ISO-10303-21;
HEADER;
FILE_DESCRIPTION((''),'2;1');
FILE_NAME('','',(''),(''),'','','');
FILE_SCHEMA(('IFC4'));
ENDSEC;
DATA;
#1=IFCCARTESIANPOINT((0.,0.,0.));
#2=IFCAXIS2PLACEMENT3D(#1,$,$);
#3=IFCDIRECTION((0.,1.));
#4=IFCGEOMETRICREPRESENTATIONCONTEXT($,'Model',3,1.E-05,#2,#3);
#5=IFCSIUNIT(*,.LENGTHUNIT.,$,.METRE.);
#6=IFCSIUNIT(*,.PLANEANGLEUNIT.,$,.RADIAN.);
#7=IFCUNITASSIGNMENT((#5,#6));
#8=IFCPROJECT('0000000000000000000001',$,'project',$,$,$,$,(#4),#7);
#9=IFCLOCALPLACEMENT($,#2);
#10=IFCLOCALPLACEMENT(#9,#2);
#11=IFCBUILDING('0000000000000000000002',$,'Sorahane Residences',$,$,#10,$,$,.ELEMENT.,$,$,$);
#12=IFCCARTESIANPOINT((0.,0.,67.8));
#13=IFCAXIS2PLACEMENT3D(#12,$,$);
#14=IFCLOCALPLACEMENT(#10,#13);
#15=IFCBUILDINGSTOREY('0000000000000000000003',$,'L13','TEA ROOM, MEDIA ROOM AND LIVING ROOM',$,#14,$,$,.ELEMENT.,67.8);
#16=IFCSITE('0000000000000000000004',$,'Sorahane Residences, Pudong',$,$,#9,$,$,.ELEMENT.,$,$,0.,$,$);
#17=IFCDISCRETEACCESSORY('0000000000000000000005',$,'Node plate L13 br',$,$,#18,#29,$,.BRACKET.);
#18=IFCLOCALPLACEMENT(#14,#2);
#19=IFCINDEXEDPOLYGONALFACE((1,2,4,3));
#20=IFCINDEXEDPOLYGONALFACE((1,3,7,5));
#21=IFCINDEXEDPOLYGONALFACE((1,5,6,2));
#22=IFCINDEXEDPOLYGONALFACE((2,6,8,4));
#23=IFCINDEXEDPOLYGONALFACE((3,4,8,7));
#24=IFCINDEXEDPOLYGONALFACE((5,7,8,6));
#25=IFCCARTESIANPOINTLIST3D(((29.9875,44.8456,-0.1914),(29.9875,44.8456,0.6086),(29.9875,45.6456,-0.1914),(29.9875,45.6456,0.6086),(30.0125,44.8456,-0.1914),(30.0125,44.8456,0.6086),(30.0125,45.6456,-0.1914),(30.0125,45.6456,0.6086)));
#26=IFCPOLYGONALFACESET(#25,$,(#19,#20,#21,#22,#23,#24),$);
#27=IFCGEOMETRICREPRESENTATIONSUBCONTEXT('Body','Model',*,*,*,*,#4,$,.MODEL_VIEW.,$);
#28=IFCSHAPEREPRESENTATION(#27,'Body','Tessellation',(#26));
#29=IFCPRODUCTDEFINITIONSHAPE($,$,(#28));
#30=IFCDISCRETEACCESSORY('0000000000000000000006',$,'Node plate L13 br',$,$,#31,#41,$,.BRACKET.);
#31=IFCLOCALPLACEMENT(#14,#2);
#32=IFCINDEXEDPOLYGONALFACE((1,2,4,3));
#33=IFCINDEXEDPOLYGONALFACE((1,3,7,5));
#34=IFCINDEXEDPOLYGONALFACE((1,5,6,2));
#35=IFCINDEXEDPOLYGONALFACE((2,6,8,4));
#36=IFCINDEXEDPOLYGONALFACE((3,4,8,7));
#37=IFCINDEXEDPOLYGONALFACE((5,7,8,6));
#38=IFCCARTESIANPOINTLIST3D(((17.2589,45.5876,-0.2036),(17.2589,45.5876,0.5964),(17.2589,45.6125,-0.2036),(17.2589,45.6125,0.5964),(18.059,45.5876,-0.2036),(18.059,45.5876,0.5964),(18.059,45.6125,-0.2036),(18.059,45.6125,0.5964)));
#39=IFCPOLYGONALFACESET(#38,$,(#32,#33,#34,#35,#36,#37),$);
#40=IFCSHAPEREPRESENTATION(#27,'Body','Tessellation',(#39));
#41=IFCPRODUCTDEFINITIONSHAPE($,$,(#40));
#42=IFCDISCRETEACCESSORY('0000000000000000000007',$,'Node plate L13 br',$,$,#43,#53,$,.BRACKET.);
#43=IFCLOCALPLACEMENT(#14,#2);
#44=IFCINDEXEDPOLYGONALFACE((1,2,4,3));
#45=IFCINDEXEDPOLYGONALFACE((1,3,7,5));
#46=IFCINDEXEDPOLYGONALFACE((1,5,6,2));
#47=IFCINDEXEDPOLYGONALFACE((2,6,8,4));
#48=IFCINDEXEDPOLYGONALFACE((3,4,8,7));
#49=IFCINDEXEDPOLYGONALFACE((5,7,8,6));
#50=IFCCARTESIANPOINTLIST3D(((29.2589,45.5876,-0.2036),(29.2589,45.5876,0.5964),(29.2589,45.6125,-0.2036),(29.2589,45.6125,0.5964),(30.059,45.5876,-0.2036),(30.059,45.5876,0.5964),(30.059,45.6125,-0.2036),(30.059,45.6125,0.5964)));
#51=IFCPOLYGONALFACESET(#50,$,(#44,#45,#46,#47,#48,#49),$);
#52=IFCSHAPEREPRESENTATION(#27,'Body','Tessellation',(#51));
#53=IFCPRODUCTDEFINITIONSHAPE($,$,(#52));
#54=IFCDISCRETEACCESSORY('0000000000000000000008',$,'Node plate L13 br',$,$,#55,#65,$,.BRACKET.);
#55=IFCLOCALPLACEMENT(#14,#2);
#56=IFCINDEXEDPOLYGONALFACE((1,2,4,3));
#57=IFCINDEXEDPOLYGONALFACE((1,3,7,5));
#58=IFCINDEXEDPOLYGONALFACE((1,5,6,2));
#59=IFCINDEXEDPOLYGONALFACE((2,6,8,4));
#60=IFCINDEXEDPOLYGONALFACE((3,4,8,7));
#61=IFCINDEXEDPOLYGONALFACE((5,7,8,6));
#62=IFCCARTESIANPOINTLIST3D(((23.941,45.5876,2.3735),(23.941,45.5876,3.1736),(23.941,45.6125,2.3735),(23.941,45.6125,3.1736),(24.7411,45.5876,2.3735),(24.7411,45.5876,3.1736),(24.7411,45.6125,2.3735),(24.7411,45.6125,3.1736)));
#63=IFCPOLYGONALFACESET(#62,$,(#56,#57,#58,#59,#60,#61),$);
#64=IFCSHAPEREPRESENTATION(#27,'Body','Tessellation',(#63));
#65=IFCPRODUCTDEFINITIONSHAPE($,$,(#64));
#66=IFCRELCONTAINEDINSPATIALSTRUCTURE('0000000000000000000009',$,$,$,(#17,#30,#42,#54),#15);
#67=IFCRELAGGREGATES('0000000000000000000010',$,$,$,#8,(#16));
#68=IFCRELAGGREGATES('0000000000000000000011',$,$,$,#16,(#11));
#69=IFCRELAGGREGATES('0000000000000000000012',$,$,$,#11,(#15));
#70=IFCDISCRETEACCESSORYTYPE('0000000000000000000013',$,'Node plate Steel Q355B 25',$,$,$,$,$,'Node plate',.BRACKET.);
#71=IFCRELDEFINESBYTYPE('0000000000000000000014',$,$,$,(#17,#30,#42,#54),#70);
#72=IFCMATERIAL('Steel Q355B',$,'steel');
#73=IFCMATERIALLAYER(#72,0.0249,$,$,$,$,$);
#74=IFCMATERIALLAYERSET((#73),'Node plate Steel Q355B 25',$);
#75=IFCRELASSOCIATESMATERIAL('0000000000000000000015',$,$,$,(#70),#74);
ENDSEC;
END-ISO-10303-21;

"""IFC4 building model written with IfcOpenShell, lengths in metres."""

from ifc_helpers import new_model, si_unit, direction, frame, origin, origin_2d, place, context, subcontext, project, spatial, rectangle, extrude, material, layer, layer_set, type_object, element, save


model = new_model("IFC4")

# Units and contexts
model_context = context("Model", 3, precision=1e-05, world=origin(), true_north=direction((0.0, 1.0)))
body_context = subcontext(model_context, "Body", "Model", "MODEL_VIEW")
ifc_project = project(units=[si_unit("LENGTHUNIT", "METRE"), si_unit("PLANEANGLEUNIT", "RADIAN")], contexts=[model_context])

# Site, building, storey
site_placement = place(None, origin())
site = spatial("IfcSite", under=ifc_project, at=site_placement, Name="Sorahane Residences, Pudong", CompositionType="ELEMENT", RefElevation=0.0)
building_placement = place(site_placement, origin())
building = spatial("IfcBuilding", under=site, at=building_placement, Name="Sorahane Residences", CompositionType="ELEMENT")
storey_placement = place(building_placement, frame((0.0, 0.0, 67.8)))
storey = spatial("IfcBuildingStorey", under=building, at=storey_placement, Name="L13", Description="TEA ROOM, MEDIA ROOM AND LIVING ROOM", CompositionType="ELEMENT", Elevation=67.8)

# Discrete accessories
ifc_material_1 = material(Name="Steel Q355B", Category="steel")
ifc_layer_1 = layer(ifc_material_1, 0.0249)
ifc_layer_set_1 = layer_set([ifc_layer_1], Name="Node plate Steel Q355B 25")
discrete_accessory_type = type_object("IfcDiscreteAccessoryType", Name="Node plate Steel Q355B 25", ElementType="Node plate", PredefinedType="BRACKET", material=ifc_layer_set_1)
for number, where, z_axis, x_axis, name in (
    (1, (30.0, 45.2456, -0.1914), (0.0, 0.0, 1.0), (0.0, 1.0, 0.0), "Node plate L13 br"),
    (2, (17.6589, 45.6001, -0.2036), (0.0, 0.0, 1.0), (1.0, 0.0, 0.0), "Node plate L13 br"),
    (3, (29.6589, 45.6001, -0.2036), (0.0, 0.0, 1.0), (1.0, 0.0, 0.0), "Node plate L13 br"),
    (4, (24.3411, 45.6001, 2.3735), (0.0, 0.0, 1.0), (1.0, 0.0, 0.0), "Node plate L13 br"),
):
    element("IfcDiscreteAccessory", number, at=place(storey_placement, frame(where, z_axis=z_axis, x_axis=x_axis)), inside=storey, type_object=discrete_accessory_type, Name=name, PredefinedType="BRACKET", context=body_context, shape_type="SweptSolid", body=[
        extrude(rectangle(XDim=0.8, YDim=0.0249, at=origin_2d()), origin(), (0.0, 0.0, 1.0), 0.8),
    ])

save(model, "model.ifc")
